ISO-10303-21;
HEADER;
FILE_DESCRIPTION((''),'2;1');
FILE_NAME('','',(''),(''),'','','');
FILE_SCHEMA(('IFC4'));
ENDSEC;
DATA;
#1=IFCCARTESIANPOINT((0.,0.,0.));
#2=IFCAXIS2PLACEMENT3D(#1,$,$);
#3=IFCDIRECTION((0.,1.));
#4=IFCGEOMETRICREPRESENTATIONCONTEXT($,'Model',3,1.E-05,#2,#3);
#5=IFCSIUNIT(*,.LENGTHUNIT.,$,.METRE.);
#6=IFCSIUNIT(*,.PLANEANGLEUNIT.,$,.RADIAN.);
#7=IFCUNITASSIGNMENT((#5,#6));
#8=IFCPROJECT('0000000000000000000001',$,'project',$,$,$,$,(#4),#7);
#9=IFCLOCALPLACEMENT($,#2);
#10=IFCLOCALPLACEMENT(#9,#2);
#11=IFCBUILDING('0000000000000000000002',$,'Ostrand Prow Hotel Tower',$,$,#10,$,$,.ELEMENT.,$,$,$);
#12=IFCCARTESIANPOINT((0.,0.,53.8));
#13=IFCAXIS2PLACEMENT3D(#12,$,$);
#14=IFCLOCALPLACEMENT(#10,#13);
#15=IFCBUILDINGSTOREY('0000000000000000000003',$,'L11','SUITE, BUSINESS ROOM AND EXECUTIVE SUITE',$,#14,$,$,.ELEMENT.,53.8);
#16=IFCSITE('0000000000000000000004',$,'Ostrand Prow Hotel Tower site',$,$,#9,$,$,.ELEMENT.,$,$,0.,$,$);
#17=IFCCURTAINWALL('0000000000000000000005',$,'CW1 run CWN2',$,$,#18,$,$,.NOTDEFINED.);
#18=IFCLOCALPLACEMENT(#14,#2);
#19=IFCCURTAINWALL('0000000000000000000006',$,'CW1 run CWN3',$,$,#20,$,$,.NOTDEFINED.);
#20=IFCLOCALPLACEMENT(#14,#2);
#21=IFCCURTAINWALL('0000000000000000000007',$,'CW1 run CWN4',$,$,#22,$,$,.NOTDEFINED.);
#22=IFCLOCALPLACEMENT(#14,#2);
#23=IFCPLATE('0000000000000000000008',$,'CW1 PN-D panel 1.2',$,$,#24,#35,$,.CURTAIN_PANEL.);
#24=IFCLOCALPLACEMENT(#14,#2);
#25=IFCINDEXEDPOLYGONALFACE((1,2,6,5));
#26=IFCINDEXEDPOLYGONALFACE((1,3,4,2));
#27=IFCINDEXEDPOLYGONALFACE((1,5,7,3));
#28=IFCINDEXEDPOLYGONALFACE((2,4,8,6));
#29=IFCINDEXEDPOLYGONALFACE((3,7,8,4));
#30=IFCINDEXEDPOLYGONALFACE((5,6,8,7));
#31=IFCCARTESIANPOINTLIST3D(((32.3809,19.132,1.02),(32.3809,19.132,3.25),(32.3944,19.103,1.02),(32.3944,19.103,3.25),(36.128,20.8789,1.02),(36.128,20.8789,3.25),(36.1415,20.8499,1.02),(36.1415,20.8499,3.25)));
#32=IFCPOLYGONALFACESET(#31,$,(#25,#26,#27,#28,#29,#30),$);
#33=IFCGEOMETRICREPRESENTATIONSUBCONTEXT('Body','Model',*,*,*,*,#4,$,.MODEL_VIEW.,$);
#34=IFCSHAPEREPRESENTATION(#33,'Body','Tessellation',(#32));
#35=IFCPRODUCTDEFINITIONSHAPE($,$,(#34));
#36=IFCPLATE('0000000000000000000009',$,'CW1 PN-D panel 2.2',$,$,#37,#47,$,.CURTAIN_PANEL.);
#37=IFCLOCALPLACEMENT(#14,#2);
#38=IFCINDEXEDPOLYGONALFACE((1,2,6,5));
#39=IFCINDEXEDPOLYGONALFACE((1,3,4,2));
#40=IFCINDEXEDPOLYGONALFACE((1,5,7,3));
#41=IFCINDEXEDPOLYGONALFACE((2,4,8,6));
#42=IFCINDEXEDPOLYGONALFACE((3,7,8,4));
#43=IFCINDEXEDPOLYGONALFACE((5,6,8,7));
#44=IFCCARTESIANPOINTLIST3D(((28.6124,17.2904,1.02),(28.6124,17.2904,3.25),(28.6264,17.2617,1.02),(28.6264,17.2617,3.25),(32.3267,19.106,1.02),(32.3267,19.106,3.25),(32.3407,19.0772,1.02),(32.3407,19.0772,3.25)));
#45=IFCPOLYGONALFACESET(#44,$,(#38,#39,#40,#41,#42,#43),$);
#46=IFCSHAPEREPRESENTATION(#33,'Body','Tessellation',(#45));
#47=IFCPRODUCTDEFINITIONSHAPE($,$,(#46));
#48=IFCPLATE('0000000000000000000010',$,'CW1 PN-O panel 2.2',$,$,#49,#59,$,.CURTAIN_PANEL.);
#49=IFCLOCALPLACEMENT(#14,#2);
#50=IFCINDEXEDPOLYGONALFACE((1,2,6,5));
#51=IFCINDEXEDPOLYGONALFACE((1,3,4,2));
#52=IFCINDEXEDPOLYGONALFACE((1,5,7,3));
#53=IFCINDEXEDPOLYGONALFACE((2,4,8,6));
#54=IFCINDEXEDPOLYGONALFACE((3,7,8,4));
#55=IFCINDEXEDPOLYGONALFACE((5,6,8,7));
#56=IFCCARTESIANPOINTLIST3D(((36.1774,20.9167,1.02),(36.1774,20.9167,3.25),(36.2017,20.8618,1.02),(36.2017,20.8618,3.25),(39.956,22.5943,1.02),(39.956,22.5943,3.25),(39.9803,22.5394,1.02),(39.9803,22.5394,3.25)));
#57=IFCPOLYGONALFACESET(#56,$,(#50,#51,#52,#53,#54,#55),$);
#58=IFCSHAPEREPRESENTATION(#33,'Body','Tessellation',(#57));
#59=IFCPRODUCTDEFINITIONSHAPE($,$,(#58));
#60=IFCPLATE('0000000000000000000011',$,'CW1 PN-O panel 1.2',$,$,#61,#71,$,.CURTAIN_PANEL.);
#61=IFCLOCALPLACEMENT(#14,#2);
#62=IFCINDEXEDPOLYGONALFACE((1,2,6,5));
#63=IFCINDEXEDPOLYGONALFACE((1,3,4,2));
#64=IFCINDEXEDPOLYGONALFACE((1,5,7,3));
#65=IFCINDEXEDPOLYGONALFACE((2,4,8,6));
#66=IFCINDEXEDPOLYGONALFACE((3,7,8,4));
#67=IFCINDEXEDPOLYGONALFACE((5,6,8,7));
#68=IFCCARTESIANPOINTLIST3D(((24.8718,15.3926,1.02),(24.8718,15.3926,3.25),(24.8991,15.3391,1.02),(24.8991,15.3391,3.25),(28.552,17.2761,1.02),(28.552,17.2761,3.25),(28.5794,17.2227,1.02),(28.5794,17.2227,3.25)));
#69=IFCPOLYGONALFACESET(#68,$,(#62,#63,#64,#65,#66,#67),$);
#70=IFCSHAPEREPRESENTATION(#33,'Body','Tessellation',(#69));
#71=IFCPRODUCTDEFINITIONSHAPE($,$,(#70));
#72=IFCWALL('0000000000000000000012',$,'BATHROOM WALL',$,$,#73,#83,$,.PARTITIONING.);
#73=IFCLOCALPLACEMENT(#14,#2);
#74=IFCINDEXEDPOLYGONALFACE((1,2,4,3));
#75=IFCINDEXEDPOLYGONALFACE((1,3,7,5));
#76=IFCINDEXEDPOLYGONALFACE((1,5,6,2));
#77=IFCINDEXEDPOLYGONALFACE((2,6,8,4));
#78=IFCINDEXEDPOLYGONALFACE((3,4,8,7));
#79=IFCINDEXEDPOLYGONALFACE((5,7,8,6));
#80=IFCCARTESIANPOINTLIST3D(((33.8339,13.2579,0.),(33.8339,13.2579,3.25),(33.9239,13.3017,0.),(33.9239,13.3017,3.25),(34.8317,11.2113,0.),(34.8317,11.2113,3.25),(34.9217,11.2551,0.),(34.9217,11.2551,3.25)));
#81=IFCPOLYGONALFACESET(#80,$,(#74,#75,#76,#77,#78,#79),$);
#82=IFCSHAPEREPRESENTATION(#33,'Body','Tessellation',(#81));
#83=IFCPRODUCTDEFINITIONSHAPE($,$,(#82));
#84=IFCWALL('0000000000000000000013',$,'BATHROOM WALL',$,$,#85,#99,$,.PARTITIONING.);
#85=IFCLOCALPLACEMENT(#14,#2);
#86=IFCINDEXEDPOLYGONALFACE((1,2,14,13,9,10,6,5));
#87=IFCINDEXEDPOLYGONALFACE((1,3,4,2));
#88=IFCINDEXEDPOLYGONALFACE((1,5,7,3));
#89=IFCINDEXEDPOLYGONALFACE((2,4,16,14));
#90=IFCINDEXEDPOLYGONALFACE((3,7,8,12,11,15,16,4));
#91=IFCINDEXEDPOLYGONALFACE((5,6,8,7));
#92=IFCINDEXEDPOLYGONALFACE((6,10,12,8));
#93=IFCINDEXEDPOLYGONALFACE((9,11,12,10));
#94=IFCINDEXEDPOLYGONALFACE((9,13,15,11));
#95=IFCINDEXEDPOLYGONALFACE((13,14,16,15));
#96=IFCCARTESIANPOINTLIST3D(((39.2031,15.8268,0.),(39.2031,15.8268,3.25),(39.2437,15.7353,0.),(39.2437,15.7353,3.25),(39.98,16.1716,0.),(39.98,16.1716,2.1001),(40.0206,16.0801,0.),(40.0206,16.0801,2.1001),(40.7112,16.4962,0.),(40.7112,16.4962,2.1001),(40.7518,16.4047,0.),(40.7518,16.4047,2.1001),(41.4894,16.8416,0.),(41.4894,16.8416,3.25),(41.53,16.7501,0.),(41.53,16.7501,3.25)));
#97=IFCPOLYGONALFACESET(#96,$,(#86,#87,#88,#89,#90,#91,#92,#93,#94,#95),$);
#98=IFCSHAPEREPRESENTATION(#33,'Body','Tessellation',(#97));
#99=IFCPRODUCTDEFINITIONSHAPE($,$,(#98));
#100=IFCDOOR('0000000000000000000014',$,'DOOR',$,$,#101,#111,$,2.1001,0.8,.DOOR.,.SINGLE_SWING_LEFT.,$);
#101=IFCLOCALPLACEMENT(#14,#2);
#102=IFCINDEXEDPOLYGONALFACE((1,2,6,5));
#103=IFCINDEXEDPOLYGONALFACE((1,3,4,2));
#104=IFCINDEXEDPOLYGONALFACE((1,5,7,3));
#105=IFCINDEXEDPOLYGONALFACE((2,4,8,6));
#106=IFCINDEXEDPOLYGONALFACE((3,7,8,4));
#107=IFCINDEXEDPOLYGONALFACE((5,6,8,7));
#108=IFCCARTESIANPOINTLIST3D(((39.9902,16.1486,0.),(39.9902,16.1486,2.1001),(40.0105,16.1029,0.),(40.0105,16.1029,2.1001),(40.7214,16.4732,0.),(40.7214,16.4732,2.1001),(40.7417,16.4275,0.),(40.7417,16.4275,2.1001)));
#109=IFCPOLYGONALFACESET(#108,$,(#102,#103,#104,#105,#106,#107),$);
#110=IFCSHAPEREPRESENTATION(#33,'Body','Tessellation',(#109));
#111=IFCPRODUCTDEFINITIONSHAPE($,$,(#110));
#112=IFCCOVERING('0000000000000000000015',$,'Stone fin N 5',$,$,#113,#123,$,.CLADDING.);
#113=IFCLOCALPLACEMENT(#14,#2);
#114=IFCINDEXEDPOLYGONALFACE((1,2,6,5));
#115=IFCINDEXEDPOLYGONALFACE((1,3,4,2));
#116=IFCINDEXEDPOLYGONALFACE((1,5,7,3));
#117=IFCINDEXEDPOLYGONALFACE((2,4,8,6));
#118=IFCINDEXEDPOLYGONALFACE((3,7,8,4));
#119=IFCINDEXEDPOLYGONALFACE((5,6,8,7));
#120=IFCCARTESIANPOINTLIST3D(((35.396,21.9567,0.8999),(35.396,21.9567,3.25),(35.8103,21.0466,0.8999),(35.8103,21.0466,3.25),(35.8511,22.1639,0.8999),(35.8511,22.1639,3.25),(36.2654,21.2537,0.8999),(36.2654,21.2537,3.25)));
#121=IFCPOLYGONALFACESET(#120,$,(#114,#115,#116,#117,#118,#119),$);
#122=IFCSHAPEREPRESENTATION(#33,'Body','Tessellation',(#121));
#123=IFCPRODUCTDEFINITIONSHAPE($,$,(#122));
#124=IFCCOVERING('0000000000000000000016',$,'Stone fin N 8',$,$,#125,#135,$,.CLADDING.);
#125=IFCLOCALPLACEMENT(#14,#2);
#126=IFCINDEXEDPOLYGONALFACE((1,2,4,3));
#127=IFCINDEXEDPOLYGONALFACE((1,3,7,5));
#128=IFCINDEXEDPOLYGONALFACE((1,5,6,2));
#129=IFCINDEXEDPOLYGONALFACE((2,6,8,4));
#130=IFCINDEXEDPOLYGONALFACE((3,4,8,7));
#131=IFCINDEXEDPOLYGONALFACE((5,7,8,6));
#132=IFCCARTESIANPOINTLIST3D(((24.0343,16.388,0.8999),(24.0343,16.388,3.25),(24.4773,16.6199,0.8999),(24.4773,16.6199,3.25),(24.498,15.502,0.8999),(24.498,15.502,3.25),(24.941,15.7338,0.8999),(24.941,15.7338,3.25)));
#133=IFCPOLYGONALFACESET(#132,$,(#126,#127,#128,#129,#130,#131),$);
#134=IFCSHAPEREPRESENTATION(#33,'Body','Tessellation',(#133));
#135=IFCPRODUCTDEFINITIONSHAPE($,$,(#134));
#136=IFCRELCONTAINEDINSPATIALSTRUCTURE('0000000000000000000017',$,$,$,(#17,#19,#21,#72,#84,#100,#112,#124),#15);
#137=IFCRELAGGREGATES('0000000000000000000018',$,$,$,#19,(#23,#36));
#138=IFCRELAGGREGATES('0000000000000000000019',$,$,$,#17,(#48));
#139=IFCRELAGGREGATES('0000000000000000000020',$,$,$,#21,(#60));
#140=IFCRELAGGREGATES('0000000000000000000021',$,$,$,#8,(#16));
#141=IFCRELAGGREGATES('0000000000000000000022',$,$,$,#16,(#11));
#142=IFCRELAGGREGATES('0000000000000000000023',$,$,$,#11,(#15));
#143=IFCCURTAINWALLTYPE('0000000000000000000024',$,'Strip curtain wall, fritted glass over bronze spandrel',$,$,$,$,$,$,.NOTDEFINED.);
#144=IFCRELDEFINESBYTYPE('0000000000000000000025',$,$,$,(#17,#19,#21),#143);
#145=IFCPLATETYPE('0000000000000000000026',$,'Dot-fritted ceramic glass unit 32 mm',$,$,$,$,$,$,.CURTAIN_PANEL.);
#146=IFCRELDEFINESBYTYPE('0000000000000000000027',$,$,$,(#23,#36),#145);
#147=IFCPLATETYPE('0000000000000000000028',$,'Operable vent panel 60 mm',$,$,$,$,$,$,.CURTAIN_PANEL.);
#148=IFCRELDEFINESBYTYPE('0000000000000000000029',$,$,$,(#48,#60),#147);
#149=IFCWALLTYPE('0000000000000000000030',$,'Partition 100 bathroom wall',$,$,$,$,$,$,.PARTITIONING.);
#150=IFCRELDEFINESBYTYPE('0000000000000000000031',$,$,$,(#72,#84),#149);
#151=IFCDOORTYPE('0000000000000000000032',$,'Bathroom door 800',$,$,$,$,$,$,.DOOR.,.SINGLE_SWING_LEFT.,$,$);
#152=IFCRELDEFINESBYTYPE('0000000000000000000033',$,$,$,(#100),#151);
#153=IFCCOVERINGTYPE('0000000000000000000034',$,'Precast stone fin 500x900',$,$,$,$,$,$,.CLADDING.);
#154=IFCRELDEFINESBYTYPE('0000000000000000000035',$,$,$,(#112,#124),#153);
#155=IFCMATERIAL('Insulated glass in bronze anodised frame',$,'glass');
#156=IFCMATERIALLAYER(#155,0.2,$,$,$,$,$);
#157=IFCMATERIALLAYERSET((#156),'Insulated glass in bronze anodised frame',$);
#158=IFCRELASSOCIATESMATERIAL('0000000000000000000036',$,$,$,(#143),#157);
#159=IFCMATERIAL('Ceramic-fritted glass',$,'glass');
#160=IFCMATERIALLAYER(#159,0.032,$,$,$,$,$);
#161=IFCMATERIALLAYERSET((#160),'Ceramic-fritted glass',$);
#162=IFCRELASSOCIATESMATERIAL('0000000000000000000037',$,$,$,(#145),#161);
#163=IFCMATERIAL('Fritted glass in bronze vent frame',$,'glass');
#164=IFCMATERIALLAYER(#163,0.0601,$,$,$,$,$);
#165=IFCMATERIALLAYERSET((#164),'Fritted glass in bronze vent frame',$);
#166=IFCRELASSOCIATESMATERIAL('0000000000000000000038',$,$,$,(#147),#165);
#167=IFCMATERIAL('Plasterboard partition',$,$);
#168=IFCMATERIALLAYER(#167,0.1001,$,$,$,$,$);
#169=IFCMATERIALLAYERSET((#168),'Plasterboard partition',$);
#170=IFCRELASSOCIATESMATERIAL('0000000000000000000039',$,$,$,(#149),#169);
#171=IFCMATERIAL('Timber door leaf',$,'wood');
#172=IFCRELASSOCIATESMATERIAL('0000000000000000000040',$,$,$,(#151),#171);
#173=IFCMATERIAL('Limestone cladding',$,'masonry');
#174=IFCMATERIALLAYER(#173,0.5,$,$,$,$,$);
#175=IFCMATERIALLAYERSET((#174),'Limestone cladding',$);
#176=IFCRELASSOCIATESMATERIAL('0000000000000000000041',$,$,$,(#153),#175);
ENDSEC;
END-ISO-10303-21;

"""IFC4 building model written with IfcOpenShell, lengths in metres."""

from ifc_helpers import new_model, si_unit, direction, frame, frame_2d, origin, origin_2d, place, context, subcontext, project, spatial, rectangle, extrude, material, layer, layer_set, type_object, element, fill, aggregate, save


model = new_model("IFC4")

# Units and contexts
model_context = context("Model", 3, precision=1e-05, world=origin(), true_north=direction((0.0, 1.0)))
body_context = subcontext(model_context, "Body", "Model", "MODEL_VIEW")
ifc_project = project(units=[si_unit("LENGTHUNIT", "METRE"), si_unit("PLANEANGLEUNIT", "RADIAN")], contexts=[model_context])

# Site, building, storey
site_placement = place(None, origin())
site = spatial("IfcSite", under=ifc_project, at=site_placement, Name="Ostrand Prow Hotel Tower site", CompositionType="ELEMENT", RefElevation=0.0)
building_placement = place(site_placement, origin())
building = spatial("IfcBuilding", under=site, at=building_placement, Name="Ostrand Prow Hotel Tower", CompositionType="ELEMENT")
storey_placement = place(building_placement, frame((0.0, 0.0, 53.8)))
storey = spatial("IfcBuildingStorey", under=building, at=storey_placement, Name="L11", Description="SUITE, BUSINESS ROOM AND EXECUTIVE SUITE", CompositionType="ELEMENT", Elevation=53.8)

# Curtain walls
ifc_material_1 = material(Name="Insulated glass in bronze anodised frame", Category="glass")
ifc_layer_1 = layer(ifc_material_1, 0.2)
ifc_layer_set_1 = layer_set([ifc_layer_1], Name="Insulated glass in bronze anodised frame")
curtain_wall_type = type_object("IfcCurtainWallType", Name="Strip curtain wall, fritted glass over bronze spandrel", PredefinedType="NOTDEFINED", material=ifc_layer_set_1)
curtain_wall_1_placement = place(storey_placement, origin())
curtain_wall_1 = element("IfcCurtainWall", 1, at=curtain_wall_1_placement, inside=storey, type_object=curtain_wall_type, Name="CW1 run CWN2", PredefinedType="NOTDEFINED")
curtain_wall_2_placement = place(storey_placement, origin())
curtain_wall_2 = element("IfcCurtainWall", 2, at=curtain_wall_2_placement, inside=storey, type_object=curtain_wall_type, Name="CW1 run CWN3", PredefinedType="NOTDEFINED")

# Curtain wall
curtain_wall_3_placement = place(storey_placement, origin())
curtain_wall_3 = element("IfcCurtainWall", 3, at=curtain_wall_3_placement, inside=storey, type_object=curtain_wall_type, Name="CW1 run CWN4", PredefinedType="NOTDEFINED")

# Plates
ifc_material_2 = material(Name="Ceramic-fritted glass", Category="glass")
ifc_layer_2 = layer(ifc_material_2, 0.032)
ifc_layer_set_2 = layer_set([ifc_layer_2], Name="Ceramic-fritted glass")
plate_type_1 = type_object("IfcPlateType", Name="Dot-fritted ceramic glass unit 32 mm", PredefinedType="CURTAIN_PANEL", material=ifc_layer_set_2)
plate_1_placement = place(storey_placement, frame((34.2612, 19.991, 1.02), z_axis=(0.0, 0.0, 1.0), x_axis=(-0.906349, -0.42253, 0.0)))
plate_1 = element("IfcPlate", 4, at=plate_1_placement, type_object=plate_type_1, Name="CW1 PN-D panel 1.2", PredefinedType="CURTAIN_PANEL", context=body_context, shape_type="SweptSolid", body=[
    extrude(rectangle(XDim=4.1343, YDim=0.032, at=origin_2d()), origin(), (0.0, 0.0, 1.0), 2.23),
])
plate_2_placement = place(storey_placement, frame((30.4766, 18.1838, 1.02), z_axis=(0.0, 0.0, 1.0), x_axis=(-0.89842, -0.439138, 0.0)))
plate_2 = element("IfcPlate", 5, at=plate_2_placement, type_object=plate_type_1, Name="CW1 PN-D panel 2.2", PredefinedType="CURTAIN_PANEL", context=body_context, shape_type="SweptSolid", body=[
    extrude(rectangle(XDim=4.1343, YDim=0.032, at=origin_2d()), origin(), (0.0, 0.0, 1.0), 2.23),
])
aggregate(curtain_wall_2, [plate_1, plate_2])
ifc_material_3 = material(Name="Fritted glass in bronze vent frame", Category="glass")
ifc_layer_3 = layer(ifc_material_3, 0.0601)
ifc_layer_set_3 = layer_set([ifc_layer_3], Name="Fritted glass in bronze vent frame")
plate_type_2 = type_object("IfcPlateType", Name="Operable vent panel 60 mm", PredefinedType="CURTAIN_PANEL", material=ifc_layer_set_3)
plate_3_placement = place(storey_placement, frame((38.0789, 21.728, 1.02), z_axis=(0.0, 0.0, 1.0), x_axis=(-0.913971, -0.40578, 0.0)))
plate_3 = element("IfcPlate", 6, at=plate_3_placement, type_object=plate_type_2, Name="CW1 PN-O panel 2.2", PredefinedType="CURTAIN_PANEL", context=body_context, shape_type="SweptSolid", body=[
    extrude(rectangle(XDim=4.1343, YDim=0.0601, at=origin_2d()), origin(), (0.0, 0.0, 1.0), 2.23),
])
aggregate(curtain_wall_1, [plate_3])
plate_4_placement = place(storey_placement, frame((26.7256, 16.3076, 1.02), z_axis=(0.0, 0.0, 1.0), x_axis=(-0.890187, -0.455596, 0.0)))
plate_4 = element("IfcPlate", 7, at=plate_4_placement, type_object=plate_type_2, Name="CW1 PN-O panel 1.2", PredefinedType="CURTAIN_PANEL", context=body_context, shape_type="SweptSolid", body=[
    extrude(rectangle(XDim=4.1343, YDim=0.0601, at=origin_2d()), origin(), (0.0, 0.0, 1.0), 2.23),
])
aggregate(curtain_wall_3, [plate_4])

# Wall
ifc_material_4 = material(Name="Plasterboard partition")
ifc_layer_4 = layer(ifc_material_4, 0.1001)
ifc_layer_set_4 = layer_set([ifc_layer_4], Name="Plasterboard partition")
wall_type = type_object("IfcWallType", Name="Partition 100 bathroom wall", PredefinedType="PARTITIONING", material=ifc_layer_set_4)
wall_1_placement = place(storey_placement, frame((33.8789, 13.2798, 0.0), z_axis=(0.0, 0.0, 1.0), x_axis=(0.438227, -0.898864, 0.0)))
element("IfcWall", 8, at=wall_1_placement, inside=storey, type_object=wall_type, Name="BATHROOM WALL", PredefinedType="PARTITIONING", context=body_context, shape_type="SweptSolid", body=[
    extrude(rectangle(XDim=2.2769, YDim=0.1001, at=frame_2d((1.1384, 0.0))), origin(), (0.0, 0.0, 1.0), 3.25),
])

# Wall, opening, door
wall_2_placement = place(storey_placement, frame((39.2234, 15.781, 0.0), z_axis=(0.0, 0.0, 1.0), x_axis=(0.914001, 0.405713, 0.0)))
wall_2 = element("IfcWall", 9, at=wall_2_placement, inside=storey, type_object=wall_type, Name="BATHROOM WALL", PredefinedType="PARTITIONING", context=body_context, shape_type="SweptSolid", body=[
    extrude(rectangle(XDim=2.5015, YDim=0.1001, at=frame_2d((1.2507, 0.0))), origin(), (0.0, 0.0, 1.0), 3.25),
])
opening_placement = place(wall_2_placement, frame((0.8501, 0.0, 0.0)))
opening = element("IfcOpeningElement", 10, at=opening_placement, cuts=wall_2, PredefinedType="OPENING", context=body_context, shape_type="SweptSolid", body=[
    extrude(rectangle(XDim=0.8, YDim=2.1001, at=frame_2d((0.3999, 1.05))), frame((0.0, 0.0601, 0.0), z_axis=(0.0, -1.0, 0.0), x_axis=(1.0, 0.0, 0.0)), (0.0, 0.0, 1.0), 0.1201),
])
ifc_material_5 = material(Name="Timber door leaf", Category="wood")
door_type = type_object("IfcDoorType", Name="Bathroom door 800", OperationType="SINGLE_SWING_LEFT", PredefinedType="DOOR", material=ifc_material_5)
door_placement = place(opening_placement, origin())
door = element("IfcDoor", 11, at=door_placement, inside=storey, type_object=door_type, Name="DOOR", OperationType="SINGLE_SWING_LEFT", OverallHeight=2.1001, OverallWidth=0.8, PredefinedType="DOOR", context=body_context, shape_type="SweptSolid", body=[
    extrude(rectangle(XDim=0.8, YDim=2.1001, at=frame_2d((0.3999, 1.05))), frame((0.0, 0.0249, 0.0), z_axis=(0.0, -1.0, 0.0), x_axis=(1.0, 0.0, 0.0)), (0.0, 0.0, 1.0), 0.05),
])
fill(opening, door)

# Coverings
ifc_material_6 = material(Name="Limestone cladding", Category="masonry")
ifc_layer_5 = layer(ifc_material_6, 0.5)
ifc_layer_set_5 = layer_set([ifc_layer_5], Name="Limestone cladding")
covering_type = type_object("IfcCoveringType", Name="Precast stone fin 500x900", PredefinedType="CLADDING", material=ifc_layer_set_5)
for number, where, z_axis, x_axis, name in (
    (12, (36.0378, 21.1501, 0.8999), (0.0, 0.0, 1.0), (-0.4143, 0.910141, 0.0), "Stone fin N 5"),
    (13, (24.7195, 15.6179, 0.8999), (0.0, 0.0, 1.0), (-0.463642, 0.886023, 0.0), "Stone fin N 8"),
):
    element("IfcCovering", number, at=place(storey_placement, frame(where, z_axis=z_axis, x_axis=x_axis)), inside=storey, type_object=covering_type, Name=name, PredefinedType="CLADDING", context=body_context, shape_type="SweptSolid", body=[
        extrude(rectangle(XDim=1.0, YDim=0.5, at=frame_2d((0.5, 0.0))), origin(), (0.0, 0.0, 1.0), 2.3501),
    ])

save(model, "model.ifc")
